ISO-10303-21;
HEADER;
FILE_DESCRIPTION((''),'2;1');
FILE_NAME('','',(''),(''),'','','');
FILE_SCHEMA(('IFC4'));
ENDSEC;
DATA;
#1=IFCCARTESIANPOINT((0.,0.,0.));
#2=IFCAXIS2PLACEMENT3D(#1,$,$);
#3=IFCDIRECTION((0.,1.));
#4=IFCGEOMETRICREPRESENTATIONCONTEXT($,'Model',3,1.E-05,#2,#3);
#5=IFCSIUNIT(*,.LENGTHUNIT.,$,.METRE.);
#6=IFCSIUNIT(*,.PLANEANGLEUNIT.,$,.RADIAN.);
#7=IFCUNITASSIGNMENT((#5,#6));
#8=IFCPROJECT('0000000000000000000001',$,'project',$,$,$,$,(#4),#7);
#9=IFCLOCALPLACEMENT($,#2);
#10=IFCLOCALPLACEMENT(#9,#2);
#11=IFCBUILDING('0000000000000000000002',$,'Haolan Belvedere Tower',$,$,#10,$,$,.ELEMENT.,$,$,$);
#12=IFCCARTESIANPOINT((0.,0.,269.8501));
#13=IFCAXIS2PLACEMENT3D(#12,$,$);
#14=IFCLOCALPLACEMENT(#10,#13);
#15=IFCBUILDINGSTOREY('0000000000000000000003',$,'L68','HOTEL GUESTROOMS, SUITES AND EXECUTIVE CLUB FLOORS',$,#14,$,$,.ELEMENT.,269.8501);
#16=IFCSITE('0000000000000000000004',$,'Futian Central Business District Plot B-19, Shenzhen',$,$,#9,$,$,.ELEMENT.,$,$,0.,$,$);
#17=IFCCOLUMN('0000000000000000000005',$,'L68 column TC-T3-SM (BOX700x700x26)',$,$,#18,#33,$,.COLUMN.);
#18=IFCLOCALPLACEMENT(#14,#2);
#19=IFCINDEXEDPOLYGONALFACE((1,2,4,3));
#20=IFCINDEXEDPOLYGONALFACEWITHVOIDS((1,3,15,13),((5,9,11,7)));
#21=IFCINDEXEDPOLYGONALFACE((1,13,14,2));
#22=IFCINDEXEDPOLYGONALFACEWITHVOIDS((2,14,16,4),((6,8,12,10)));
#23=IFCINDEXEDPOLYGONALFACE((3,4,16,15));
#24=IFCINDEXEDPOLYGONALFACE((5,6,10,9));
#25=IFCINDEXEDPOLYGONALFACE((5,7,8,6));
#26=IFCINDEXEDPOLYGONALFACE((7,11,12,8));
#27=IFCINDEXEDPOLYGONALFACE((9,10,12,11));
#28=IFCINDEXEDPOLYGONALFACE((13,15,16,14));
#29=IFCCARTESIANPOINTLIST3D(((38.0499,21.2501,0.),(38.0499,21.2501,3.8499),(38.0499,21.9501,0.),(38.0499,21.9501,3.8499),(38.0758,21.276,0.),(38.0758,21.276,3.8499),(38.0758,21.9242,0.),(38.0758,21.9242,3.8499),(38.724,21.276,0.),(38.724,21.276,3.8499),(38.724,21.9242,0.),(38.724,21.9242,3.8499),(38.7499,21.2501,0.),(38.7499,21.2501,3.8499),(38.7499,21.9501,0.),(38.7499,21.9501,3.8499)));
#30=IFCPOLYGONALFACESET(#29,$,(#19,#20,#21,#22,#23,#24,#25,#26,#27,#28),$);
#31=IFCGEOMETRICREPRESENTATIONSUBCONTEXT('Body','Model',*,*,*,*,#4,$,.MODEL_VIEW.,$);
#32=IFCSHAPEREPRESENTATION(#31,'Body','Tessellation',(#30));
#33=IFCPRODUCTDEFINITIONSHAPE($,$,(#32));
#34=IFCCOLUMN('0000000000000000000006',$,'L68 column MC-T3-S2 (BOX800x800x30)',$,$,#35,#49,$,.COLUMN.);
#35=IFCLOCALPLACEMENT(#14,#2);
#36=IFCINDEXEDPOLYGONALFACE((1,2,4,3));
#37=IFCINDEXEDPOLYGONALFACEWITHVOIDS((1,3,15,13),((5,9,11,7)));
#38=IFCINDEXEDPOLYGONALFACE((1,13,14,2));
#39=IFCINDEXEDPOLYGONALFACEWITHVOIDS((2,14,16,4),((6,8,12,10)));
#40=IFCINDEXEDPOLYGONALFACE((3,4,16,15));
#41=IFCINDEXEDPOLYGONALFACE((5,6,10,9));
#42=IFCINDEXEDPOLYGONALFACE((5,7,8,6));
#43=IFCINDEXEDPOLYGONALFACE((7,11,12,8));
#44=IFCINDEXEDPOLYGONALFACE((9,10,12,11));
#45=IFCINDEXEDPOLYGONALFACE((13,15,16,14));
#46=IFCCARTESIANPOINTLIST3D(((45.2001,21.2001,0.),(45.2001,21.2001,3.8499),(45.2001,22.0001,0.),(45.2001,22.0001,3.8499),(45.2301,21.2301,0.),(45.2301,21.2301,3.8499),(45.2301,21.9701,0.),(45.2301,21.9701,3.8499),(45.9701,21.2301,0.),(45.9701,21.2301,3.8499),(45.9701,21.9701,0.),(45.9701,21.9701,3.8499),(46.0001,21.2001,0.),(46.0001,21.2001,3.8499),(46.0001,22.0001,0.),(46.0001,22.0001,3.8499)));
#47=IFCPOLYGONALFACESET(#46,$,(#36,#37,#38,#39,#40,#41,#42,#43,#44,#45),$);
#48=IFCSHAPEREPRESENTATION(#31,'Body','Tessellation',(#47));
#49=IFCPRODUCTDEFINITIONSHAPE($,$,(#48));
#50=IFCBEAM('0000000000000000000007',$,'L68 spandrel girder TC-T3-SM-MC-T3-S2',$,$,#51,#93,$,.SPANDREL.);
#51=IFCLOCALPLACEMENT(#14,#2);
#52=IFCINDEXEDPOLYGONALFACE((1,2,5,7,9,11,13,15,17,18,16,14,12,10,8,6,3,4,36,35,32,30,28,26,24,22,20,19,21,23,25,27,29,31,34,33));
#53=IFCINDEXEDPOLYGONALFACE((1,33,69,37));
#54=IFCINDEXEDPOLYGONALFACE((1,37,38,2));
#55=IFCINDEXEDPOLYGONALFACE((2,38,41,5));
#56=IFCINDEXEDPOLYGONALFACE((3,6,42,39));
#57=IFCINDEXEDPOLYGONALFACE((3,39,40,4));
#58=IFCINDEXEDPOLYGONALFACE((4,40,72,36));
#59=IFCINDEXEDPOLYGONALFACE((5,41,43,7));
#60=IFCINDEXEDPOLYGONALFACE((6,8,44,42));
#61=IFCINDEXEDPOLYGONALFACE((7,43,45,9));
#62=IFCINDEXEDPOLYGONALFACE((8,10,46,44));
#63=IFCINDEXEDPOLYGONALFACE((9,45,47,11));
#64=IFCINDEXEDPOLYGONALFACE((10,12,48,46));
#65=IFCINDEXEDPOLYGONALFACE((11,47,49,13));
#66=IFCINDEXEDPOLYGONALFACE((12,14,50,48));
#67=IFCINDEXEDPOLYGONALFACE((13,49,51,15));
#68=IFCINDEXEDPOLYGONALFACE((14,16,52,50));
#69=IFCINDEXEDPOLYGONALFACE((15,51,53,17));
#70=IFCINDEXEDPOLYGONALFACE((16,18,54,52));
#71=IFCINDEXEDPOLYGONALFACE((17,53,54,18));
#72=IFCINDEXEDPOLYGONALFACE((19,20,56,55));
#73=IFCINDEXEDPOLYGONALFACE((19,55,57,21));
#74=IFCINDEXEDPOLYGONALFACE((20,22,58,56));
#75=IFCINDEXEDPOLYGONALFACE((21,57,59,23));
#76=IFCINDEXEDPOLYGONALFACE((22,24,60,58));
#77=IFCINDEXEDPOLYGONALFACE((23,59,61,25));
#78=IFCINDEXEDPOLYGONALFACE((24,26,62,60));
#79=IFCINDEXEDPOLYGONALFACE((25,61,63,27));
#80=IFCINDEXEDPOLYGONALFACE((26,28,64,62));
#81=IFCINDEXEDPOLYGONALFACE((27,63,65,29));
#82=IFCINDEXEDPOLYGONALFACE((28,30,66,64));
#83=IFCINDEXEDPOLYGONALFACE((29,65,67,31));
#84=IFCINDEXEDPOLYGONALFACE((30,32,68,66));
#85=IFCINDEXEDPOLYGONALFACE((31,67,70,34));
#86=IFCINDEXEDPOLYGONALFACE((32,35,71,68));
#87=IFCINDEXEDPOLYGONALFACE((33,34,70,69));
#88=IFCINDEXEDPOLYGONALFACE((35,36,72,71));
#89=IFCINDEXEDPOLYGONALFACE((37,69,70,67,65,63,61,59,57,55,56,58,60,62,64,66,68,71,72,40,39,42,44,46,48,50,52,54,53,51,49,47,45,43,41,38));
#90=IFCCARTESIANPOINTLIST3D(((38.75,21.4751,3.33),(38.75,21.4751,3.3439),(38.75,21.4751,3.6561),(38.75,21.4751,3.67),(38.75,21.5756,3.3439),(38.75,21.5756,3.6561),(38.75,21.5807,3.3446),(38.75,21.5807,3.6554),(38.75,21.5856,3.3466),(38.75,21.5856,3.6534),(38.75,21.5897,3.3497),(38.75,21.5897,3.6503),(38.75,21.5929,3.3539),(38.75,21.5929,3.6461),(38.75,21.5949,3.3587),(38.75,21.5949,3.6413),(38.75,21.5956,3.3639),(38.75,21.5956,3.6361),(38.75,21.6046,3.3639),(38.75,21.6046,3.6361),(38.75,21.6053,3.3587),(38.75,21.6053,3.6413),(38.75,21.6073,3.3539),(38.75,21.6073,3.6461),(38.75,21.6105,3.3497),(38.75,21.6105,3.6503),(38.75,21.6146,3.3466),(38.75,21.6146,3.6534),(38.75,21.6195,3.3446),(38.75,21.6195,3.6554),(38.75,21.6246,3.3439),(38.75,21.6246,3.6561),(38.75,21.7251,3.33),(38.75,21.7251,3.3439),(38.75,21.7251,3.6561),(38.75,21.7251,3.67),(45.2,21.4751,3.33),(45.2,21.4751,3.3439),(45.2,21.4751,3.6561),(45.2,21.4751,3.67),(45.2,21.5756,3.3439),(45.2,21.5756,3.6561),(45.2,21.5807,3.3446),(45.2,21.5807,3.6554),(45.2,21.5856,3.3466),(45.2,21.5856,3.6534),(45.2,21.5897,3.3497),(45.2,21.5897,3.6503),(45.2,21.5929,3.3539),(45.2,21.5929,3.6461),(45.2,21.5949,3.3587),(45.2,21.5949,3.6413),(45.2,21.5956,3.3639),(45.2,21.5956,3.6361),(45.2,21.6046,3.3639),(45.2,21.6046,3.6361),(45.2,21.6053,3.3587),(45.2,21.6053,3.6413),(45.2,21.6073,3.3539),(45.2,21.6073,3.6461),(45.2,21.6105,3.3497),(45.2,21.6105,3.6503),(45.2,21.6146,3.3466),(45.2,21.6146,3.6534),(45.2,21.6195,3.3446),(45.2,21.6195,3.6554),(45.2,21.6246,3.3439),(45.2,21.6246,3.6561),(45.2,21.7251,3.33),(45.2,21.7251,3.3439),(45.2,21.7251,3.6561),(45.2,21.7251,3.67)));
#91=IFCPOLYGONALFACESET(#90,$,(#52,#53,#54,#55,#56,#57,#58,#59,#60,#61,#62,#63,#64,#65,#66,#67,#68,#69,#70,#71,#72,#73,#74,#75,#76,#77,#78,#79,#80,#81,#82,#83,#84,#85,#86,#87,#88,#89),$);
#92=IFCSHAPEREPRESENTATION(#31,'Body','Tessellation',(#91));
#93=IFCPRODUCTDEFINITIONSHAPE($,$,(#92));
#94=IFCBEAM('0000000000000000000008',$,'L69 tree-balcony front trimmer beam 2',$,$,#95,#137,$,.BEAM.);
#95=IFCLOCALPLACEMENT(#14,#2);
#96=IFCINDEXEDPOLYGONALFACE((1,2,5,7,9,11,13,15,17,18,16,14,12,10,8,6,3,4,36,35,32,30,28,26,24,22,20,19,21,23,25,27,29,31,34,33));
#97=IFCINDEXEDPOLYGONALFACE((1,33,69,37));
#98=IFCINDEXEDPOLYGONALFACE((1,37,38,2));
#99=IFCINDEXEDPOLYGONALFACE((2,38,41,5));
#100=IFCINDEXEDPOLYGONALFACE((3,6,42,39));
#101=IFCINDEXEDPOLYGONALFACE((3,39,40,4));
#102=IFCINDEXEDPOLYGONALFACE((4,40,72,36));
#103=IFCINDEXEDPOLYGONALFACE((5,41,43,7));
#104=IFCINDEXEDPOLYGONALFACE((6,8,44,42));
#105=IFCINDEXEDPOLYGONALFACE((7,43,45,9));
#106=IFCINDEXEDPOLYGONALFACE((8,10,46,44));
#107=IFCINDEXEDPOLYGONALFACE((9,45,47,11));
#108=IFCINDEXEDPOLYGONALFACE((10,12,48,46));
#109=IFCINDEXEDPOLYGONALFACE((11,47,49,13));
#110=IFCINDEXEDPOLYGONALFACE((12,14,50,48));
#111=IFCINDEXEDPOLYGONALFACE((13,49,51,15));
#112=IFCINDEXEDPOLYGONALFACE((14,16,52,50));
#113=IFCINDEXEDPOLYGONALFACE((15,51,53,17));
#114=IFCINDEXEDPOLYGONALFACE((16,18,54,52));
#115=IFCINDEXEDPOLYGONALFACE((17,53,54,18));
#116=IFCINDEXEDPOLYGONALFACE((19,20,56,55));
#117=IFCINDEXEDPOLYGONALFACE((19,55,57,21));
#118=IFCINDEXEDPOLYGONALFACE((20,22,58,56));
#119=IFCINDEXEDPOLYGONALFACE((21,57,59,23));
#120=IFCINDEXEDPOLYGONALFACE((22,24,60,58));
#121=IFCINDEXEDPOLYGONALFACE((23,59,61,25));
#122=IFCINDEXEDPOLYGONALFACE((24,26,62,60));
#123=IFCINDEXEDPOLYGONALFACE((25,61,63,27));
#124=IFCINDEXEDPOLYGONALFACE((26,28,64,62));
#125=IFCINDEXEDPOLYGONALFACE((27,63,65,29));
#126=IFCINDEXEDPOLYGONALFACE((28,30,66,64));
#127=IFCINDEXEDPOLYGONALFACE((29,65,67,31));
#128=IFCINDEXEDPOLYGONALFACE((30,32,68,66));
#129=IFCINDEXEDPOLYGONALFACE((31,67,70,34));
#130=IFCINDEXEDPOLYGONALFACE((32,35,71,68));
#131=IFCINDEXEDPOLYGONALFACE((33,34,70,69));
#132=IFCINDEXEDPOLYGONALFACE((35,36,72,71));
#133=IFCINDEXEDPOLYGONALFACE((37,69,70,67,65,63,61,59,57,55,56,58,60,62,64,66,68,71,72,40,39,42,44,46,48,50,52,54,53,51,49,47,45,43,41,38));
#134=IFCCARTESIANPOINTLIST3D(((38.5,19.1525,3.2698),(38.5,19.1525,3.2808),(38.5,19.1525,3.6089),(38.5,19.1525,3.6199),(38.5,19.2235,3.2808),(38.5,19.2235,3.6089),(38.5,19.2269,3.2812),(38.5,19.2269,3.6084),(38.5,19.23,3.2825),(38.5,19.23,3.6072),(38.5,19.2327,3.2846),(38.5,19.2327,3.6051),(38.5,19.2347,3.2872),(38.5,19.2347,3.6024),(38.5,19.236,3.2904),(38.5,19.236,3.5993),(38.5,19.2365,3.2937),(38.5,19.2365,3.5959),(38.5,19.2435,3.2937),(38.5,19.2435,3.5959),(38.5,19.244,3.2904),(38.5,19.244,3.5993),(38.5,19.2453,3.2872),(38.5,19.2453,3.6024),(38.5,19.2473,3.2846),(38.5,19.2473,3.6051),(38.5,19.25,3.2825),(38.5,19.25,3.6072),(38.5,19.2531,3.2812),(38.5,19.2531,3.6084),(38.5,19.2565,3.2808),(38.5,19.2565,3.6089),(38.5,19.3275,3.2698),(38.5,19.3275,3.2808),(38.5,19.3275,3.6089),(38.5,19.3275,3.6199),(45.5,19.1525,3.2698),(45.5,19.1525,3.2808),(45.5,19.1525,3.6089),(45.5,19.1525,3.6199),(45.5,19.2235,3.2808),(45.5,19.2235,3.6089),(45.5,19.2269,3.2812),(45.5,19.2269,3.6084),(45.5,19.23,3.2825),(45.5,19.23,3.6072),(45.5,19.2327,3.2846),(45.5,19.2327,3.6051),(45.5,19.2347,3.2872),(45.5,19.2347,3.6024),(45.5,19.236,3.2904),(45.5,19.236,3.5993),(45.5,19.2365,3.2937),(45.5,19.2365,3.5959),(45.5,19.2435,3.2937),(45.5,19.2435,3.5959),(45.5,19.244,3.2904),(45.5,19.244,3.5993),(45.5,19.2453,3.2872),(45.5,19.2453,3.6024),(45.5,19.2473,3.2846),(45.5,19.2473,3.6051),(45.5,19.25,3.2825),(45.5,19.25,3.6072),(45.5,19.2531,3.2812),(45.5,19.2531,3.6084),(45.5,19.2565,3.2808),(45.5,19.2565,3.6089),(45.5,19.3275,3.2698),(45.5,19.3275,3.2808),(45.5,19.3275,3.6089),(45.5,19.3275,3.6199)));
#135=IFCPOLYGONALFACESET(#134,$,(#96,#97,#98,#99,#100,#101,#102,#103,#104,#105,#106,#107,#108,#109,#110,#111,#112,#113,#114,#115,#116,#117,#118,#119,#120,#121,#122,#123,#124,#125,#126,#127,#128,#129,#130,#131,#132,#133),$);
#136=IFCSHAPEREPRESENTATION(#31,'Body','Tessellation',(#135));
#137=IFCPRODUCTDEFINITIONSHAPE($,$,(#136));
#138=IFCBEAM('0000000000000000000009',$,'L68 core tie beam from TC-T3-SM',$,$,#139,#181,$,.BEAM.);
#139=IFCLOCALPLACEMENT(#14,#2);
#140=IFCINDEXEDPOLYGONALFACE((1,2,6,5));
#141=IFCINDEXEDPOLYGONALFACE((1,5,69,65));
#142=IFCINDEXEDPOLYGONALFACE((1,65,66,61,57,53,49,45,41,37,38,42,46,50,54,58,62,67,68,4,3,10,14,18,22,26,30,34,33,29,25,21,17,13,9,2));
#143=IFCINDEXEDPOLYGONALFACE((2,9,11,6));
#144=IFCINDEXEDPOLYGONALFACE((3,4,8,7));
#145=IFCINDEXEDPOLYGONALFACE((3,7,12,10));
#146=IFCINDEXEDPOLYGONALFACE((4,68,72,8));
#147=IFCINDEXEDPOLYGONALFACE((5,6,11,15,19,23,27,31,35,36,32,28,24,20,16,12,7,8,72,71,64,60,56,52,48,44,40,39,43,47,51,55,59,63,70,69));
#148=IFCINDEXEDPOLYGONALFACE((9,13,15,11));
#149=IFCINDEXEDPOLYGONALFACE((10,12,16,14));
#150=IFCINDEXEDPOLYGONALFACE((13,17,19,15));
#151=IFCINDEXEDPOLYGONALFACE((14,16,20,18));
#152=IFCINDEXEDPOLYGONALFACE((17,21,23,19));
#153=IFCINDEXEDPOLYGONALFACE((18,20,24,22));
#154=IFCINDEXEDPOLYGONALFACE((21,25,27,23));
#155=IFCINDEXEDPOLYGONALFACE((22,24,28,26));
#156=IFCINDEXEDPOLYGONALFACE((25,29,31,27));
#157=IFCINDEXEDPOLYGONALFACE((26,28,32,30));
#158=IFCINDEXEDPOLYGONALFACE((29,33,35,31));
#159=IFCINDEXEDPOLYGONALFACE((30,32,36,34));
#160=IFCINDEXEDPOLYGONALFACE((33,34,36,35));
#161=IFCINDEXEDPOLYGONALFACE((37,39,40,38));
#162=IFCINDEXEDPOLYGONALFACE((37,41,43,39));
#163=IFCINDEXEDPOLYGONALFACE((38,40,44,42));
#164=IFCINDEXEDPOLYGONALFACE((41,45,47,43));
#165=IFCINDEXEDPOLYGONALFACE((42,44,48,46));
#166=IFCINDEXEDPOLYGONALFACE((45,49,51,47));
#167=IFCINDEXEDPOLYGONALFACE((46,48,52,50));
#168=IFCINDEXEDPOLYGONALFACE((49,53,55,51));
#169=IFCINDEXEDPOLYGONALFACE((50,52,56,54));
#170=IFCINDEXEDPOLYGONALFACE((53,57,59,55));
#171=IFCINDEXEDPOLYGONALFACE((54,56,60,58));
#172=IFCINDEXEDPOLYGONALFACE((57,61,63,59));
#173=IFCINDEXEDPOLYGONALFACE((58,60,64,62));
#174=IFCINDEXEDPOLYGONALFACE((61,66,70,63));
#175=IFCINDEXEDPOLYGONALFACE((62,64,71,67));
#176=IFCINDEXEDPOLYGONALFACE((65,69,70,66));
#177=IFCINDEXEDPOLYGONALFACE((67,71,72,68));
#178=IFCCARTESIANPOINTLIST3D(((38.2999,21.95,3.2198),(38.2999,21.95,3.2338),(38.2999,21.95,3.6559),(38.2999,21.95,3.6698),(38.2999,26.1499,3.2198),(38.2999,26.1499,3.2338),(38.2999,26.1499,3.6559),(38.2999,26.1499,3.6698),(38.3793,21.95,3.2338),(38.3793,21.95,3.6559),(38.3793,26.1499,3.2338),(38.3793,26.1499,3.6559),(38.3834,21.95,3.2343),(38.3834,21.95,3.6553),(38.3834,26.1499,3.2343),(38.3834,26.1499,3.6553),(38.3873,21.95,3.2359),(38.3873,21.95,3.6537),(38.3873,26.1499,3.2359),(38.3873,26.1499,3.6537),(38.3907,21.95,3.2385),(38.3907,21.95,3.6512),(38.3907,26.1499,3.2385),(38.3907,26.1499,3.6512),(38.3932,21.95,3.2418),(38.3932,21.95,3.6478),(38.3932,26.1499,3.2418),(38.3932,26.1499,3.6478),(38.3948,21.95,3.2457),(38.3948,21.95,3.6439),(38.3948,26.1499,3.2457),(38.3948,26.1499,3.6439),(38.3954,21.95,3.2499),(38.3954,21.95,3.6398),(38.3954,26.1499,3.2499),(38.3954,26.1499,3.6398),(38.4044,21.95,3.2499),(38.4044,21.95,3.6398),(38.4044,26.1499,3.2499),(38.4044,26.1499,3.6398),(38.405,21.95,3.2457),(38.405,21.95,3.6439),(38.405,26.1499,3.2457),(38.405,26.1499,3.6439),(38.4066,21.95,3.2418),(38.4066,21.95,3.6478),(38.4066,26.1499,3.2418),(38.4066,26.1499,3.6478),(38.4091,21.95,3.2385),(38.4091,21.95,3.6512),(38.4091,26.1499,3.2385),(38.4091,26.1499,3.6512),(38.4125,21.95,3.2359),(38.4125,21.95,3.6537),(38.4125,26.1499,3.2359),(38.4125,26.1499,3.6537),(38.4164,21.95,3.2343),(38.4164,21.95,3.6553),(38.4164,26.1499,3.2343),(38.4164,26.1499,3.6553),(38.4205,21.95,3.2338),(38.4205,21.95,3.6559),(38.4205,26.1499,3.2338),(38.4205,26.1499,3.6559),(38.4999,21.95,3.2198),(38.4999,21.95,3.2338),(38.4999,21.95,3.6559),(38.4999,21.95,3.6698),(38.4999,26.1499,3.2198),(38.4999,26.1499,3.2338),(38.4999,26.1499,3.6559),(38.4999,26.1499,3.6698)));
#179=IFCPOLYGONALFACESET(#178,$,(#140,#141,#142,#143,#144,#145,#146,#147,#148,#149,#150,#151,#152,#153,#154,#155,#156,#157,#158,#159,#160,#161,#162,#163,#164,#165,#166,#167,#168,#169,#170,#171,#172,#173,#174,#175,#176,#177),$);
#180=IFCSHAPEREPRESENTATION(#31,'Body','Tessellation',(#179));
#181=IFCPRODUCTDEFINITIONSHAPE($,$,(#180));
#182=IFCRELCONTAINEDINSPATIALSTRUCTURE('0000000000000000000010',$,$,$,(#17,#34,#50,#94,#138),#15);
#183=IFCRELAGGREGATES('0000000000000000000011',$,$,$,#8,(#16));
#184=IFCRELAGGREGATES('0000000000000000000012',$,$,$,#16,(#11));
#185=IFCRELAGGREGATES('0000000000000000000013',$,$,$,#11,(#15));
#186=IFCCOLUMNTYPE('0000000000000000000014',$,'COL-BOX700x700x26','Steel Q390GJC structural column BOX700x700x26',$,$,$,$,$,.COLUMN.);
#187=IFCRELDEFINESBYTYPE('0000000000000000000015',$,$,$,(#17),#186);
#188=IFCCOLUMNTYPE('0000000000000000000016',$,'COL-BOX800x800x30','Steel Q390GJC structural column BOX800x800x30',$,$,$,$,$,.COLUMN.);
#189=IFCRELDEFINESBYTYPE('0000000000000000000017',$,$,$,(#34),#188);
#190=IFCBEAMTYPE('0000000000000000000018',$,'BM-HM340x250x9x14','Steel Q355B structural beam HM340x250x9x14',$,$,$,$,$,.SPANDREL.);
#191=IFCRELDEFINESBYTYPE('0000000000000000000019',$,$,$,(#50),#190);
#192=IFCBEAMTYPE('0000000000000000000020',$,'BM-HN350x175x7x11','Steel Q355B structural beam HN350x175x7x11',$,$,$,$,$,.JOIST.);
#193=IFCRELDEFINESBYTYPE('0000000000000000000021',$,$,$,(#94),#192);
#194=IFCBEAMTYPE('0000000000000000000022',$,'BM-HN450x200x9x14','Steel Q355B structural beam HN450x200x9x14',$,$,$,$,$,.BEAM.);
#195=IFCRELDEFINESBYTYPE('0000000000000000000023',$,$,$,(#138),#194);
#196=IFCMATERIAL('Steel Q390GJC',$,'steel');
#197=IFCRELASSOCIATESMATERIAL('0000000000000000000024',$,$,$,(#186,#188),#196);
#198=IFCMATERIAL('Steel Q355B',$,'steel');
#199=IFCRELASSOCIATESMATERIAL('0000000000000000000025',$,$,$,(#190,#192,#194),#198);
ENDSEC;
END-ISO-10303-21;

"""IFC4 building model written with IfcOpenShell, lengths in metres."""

from ifc_helpers import new_model, si_unit, direction, frame, origin, origin_2d, place, context, subcontext, project, spatial, hollow_rectangle, i_section, extrude, material, material_profile, profile_set, type_object, element, save


model = new_model("IFC4")

# Units and contexts
model_context = context("Model", 3, precision=1e-05, world=origin(), true_north=direction((0.0, 1.0)))
body_context = subcontext(model_context, "Body", "Model", "MODEL_VIEW")
ifc_project = project(units=[si_unit("LENGTHUNIT", "METRE"), si_unit("PLANEANGLEUNIT", "RADIAN")], contexts=[model_context])

# Site, building, storey
site_placement = place(None, origin())
site = spatial("IfcSite", under=ifc_project, at=site_placement, Name="Futian Central Business District Plot B-19, Shenzhen", CompositionType="ELEMENT", RefElevation=0.0)
building_placement = place(site_placement, origin())
building = spatial("IfcBuilding", under=site, at=building_placement, Name="Haolan Belvedere Tower", CompositionType="ELEMENT")
storey_placement = place(building_placement, frame((0.0, 0.0, 269.8501)))
storey = spatial("IfcBuildingStorey", under=building, at=storey_placement, Name="L68", Description="HOTEL GUESTROOMS, SUITES AND EXECUTIVE CLUB FLOORS", CompositionType="ELEMENT", Elevation=269.8501)

# Columns
ifc_material_1 = material(Name="Steel Q390GJC", Category="steel")
ifc_material_profile_1 = material_profile(ifc_material_1, hollow_rectangle(XDim=0.7, YDim=0.7, WallThickness=0.0259, at=origin_2d()), Name="Steel Q390GJC")
ifc_profile_set_1 = profile_set([ifc_material_profile_1], Name="Steel Q390GJC")
column_type_1 = type_object("IfcColumnType", Name="COL-BOX700x700x26", Description="Steel Q390GJC structural column BOX700x700x26", PredefinedType="COLUMN", material=ifc_profile_set_1)
column_1_placement = place(storey_placement, frame((38.3999, 21.6001, 0.0), z_axis=(0.0, 0.0, 1.0), x_axis=(1.0, 0.0, 0.0)))
element("IfcColumn", 1, at=column_1_placement, inside=storey, type_object=column_type_1, Name="L68 column TC-T3-SM (BOX700x700x26)", PredefinedType="COLUMN", context=body_context, shape_type="SweptSolid", body=[
    extrude(hollow_rectangle(XDim=0.7, YDim=0.7, WallThickness=0.0259, at=origin_2d()), origin(), (0.0, 0.0, 1.0), 3.8499),
])
ifc_material_profile_2 = material_profile(ifc_material_1, hollow_rectangle(XDim=0.8, YDim=0.8, WallThickness=0.03, at=origin_2d()), Name="Steel Q390GJC")
ifc_profile_set_2 = profile_set([ifc_material_profile_2], Name="Steel Q390GJC")
column_type_2 = type_object("IfcColumnType", Name="COL-BOX800x800x30", Description="Steel Q390GJC structural column BOX800x800x30", PredefinedType="COLUMN", material=ifc_profile_set_2)
column_2_placement = place(storey_placement, frame((45.6001, 21.6001, 0.0), z_axis=(0.0, 0.0, 1.0), x_axis=(1.0, 0.0, 0.0)))
element("IfcColumn", 2, at=column_2_placement, inside=storey, type_object=column_type_2, Name="L68 column MC-T3-S2 (BOX800x800x30)", PredefinedType="COLUMN", context=body_context, shape_type="SweptSolid", body=[
    extrude(hollow_rectangle(XDim=0.8, YDim=0.8, WallThickness=0.03, at=origin_2d()), origin(), (0.0, 0.0, 1.0), 3.8499),
])

# Beams
ifc_material_2 = material(Name="Steel Q355B", Category="steel")
ifc_material_profile_3 = material_profile(ifc_material_2, i_section(OverallWidth=0.25, OverallDepth=0.3401, WebThickness=0.009, FlangeThickness=0.0139, FilletRadius=0.02, at=origin_2d()), Name="Steel Q355B")
ifc_profile_set_3 = profile_set([ifc_material_profile_3], Name="Steel Q355B")
beam_type_1 = type_object("IfcBeamType", Name="BM-HM340x250x9x14", Description="Steel Q355B structural beam HM340x250x9x14", PredefinedType="SPANDREL", material=ifc_profile_set_3)
beam_1_placement = place(storey_placement, frame((38.75, 21.6001, 3.5), z_axis=(1.0, 0.0, 0.0), x_axis=(0.0, 1.0, 0.0)))
element("IfcBeam", 3, at=beam_1_placement, inside=storey, type_object=beam_type_1, Name="L68 spandrel girder TC-T3-SM-MC-T3-S2", PredefinedType="SPANDREL", context=body_context, shape_type="SweptSolid", body=[
    extrude(i_section(OverallWidth=0.25, OverallDepth=0.3401, WebThickness=0.009, FlangeThickness=0.0139, FilletRadius=0.02, at=origin_2d()), origin(), (0.0, 0.0, 1.0), 6.45),
])
ifc_material_profile_4 = material_profile(ifc_material_2, i_section(OverallWidth=0.175, OverallDepth=0.3501, WebThickness=0.0071, FlangeThickness=0.011, FilletRadius=0.0129, at=origin_2d()), Name="Steel Q355B")
ifc_profile_set_4 = profile_set([ifc_material_profile_4], Name="Steel Q355B")
beam_type_2 = type_object("IfcBeamType", Name="BM-HN350x175x7x11", Description="Steel Q355B structural beam HN350x175x7x11", PredefinedType="JOIST", material=ifc_profile_set_4)
beam_2_placement = place(storey_placement, frame((38.5, 19.24, 3.4448), z_axis=(1.0, 0.0, 0.0), x_axis=(0.0, 1.0, 0.0)))
element("IfcBeam", 4, at=beam_2_placement, inside=storey, type_object=beam_type_2, Name="L69 tree-balcony front trimmer beam 2", PredefinedType="BEAM", context=body_context, shape_type="SweptSolid", body=[
    extrude(i_section(OverallWidth=0.175, OverallDepth=0.3501, WebThickness=0.0071, FlangeThickness=0.011, FilletRadius=0.0129, at=origin_2d()), origin(), (0.0, 0.0, 1.0), 7.0),
])
ifc_material_profile_5 = material_profile(ifc_material_2, i_section(OverallWidth=0.2, OverallDepth=0.45, WebThickness=0.009, FlangeThickness=0.0139, FilletRadius=0.0161, at=origin_2d()), Name="Steel Q355B")
ifc_profile_set_5 = profile_set([ifc_material_profile_5], Name="Steel Q355B")
beam_type_3 = type_object("IfcBeamType", Name="BM-HN450x200x9x14", Description="Steel Q355B structural beam HN450x200x9x14", PredefinedType="BEAM", material=ifc_profile_set_5)
beam_3_placement = place(storey_placement, frame((38.3999, 21.95, 3.4448), z_axis=(0.0, 1.0, 0.0), x_axis=(-1.0, 0.0, 0.0)))
element("IfcBeam", 5, at=beam_3_placement, inside=storey, type_object=beam_type_3, Name="L68 core tie beam from TC-T3-SM", PredefinedType="BEAM", context=body_context, shape_type="SweptSolid", body=[
    extrude(i_section(OverallWidth=0.2, OverallDepth=0.45, WebThickness=0.009, FlangeThickness=0.0139, FilletRadius=0.0161, at=origin_2d()), origin(), (0.0, 0.0, 1.0), 4.2),
])

save(model, "model.ifc")
